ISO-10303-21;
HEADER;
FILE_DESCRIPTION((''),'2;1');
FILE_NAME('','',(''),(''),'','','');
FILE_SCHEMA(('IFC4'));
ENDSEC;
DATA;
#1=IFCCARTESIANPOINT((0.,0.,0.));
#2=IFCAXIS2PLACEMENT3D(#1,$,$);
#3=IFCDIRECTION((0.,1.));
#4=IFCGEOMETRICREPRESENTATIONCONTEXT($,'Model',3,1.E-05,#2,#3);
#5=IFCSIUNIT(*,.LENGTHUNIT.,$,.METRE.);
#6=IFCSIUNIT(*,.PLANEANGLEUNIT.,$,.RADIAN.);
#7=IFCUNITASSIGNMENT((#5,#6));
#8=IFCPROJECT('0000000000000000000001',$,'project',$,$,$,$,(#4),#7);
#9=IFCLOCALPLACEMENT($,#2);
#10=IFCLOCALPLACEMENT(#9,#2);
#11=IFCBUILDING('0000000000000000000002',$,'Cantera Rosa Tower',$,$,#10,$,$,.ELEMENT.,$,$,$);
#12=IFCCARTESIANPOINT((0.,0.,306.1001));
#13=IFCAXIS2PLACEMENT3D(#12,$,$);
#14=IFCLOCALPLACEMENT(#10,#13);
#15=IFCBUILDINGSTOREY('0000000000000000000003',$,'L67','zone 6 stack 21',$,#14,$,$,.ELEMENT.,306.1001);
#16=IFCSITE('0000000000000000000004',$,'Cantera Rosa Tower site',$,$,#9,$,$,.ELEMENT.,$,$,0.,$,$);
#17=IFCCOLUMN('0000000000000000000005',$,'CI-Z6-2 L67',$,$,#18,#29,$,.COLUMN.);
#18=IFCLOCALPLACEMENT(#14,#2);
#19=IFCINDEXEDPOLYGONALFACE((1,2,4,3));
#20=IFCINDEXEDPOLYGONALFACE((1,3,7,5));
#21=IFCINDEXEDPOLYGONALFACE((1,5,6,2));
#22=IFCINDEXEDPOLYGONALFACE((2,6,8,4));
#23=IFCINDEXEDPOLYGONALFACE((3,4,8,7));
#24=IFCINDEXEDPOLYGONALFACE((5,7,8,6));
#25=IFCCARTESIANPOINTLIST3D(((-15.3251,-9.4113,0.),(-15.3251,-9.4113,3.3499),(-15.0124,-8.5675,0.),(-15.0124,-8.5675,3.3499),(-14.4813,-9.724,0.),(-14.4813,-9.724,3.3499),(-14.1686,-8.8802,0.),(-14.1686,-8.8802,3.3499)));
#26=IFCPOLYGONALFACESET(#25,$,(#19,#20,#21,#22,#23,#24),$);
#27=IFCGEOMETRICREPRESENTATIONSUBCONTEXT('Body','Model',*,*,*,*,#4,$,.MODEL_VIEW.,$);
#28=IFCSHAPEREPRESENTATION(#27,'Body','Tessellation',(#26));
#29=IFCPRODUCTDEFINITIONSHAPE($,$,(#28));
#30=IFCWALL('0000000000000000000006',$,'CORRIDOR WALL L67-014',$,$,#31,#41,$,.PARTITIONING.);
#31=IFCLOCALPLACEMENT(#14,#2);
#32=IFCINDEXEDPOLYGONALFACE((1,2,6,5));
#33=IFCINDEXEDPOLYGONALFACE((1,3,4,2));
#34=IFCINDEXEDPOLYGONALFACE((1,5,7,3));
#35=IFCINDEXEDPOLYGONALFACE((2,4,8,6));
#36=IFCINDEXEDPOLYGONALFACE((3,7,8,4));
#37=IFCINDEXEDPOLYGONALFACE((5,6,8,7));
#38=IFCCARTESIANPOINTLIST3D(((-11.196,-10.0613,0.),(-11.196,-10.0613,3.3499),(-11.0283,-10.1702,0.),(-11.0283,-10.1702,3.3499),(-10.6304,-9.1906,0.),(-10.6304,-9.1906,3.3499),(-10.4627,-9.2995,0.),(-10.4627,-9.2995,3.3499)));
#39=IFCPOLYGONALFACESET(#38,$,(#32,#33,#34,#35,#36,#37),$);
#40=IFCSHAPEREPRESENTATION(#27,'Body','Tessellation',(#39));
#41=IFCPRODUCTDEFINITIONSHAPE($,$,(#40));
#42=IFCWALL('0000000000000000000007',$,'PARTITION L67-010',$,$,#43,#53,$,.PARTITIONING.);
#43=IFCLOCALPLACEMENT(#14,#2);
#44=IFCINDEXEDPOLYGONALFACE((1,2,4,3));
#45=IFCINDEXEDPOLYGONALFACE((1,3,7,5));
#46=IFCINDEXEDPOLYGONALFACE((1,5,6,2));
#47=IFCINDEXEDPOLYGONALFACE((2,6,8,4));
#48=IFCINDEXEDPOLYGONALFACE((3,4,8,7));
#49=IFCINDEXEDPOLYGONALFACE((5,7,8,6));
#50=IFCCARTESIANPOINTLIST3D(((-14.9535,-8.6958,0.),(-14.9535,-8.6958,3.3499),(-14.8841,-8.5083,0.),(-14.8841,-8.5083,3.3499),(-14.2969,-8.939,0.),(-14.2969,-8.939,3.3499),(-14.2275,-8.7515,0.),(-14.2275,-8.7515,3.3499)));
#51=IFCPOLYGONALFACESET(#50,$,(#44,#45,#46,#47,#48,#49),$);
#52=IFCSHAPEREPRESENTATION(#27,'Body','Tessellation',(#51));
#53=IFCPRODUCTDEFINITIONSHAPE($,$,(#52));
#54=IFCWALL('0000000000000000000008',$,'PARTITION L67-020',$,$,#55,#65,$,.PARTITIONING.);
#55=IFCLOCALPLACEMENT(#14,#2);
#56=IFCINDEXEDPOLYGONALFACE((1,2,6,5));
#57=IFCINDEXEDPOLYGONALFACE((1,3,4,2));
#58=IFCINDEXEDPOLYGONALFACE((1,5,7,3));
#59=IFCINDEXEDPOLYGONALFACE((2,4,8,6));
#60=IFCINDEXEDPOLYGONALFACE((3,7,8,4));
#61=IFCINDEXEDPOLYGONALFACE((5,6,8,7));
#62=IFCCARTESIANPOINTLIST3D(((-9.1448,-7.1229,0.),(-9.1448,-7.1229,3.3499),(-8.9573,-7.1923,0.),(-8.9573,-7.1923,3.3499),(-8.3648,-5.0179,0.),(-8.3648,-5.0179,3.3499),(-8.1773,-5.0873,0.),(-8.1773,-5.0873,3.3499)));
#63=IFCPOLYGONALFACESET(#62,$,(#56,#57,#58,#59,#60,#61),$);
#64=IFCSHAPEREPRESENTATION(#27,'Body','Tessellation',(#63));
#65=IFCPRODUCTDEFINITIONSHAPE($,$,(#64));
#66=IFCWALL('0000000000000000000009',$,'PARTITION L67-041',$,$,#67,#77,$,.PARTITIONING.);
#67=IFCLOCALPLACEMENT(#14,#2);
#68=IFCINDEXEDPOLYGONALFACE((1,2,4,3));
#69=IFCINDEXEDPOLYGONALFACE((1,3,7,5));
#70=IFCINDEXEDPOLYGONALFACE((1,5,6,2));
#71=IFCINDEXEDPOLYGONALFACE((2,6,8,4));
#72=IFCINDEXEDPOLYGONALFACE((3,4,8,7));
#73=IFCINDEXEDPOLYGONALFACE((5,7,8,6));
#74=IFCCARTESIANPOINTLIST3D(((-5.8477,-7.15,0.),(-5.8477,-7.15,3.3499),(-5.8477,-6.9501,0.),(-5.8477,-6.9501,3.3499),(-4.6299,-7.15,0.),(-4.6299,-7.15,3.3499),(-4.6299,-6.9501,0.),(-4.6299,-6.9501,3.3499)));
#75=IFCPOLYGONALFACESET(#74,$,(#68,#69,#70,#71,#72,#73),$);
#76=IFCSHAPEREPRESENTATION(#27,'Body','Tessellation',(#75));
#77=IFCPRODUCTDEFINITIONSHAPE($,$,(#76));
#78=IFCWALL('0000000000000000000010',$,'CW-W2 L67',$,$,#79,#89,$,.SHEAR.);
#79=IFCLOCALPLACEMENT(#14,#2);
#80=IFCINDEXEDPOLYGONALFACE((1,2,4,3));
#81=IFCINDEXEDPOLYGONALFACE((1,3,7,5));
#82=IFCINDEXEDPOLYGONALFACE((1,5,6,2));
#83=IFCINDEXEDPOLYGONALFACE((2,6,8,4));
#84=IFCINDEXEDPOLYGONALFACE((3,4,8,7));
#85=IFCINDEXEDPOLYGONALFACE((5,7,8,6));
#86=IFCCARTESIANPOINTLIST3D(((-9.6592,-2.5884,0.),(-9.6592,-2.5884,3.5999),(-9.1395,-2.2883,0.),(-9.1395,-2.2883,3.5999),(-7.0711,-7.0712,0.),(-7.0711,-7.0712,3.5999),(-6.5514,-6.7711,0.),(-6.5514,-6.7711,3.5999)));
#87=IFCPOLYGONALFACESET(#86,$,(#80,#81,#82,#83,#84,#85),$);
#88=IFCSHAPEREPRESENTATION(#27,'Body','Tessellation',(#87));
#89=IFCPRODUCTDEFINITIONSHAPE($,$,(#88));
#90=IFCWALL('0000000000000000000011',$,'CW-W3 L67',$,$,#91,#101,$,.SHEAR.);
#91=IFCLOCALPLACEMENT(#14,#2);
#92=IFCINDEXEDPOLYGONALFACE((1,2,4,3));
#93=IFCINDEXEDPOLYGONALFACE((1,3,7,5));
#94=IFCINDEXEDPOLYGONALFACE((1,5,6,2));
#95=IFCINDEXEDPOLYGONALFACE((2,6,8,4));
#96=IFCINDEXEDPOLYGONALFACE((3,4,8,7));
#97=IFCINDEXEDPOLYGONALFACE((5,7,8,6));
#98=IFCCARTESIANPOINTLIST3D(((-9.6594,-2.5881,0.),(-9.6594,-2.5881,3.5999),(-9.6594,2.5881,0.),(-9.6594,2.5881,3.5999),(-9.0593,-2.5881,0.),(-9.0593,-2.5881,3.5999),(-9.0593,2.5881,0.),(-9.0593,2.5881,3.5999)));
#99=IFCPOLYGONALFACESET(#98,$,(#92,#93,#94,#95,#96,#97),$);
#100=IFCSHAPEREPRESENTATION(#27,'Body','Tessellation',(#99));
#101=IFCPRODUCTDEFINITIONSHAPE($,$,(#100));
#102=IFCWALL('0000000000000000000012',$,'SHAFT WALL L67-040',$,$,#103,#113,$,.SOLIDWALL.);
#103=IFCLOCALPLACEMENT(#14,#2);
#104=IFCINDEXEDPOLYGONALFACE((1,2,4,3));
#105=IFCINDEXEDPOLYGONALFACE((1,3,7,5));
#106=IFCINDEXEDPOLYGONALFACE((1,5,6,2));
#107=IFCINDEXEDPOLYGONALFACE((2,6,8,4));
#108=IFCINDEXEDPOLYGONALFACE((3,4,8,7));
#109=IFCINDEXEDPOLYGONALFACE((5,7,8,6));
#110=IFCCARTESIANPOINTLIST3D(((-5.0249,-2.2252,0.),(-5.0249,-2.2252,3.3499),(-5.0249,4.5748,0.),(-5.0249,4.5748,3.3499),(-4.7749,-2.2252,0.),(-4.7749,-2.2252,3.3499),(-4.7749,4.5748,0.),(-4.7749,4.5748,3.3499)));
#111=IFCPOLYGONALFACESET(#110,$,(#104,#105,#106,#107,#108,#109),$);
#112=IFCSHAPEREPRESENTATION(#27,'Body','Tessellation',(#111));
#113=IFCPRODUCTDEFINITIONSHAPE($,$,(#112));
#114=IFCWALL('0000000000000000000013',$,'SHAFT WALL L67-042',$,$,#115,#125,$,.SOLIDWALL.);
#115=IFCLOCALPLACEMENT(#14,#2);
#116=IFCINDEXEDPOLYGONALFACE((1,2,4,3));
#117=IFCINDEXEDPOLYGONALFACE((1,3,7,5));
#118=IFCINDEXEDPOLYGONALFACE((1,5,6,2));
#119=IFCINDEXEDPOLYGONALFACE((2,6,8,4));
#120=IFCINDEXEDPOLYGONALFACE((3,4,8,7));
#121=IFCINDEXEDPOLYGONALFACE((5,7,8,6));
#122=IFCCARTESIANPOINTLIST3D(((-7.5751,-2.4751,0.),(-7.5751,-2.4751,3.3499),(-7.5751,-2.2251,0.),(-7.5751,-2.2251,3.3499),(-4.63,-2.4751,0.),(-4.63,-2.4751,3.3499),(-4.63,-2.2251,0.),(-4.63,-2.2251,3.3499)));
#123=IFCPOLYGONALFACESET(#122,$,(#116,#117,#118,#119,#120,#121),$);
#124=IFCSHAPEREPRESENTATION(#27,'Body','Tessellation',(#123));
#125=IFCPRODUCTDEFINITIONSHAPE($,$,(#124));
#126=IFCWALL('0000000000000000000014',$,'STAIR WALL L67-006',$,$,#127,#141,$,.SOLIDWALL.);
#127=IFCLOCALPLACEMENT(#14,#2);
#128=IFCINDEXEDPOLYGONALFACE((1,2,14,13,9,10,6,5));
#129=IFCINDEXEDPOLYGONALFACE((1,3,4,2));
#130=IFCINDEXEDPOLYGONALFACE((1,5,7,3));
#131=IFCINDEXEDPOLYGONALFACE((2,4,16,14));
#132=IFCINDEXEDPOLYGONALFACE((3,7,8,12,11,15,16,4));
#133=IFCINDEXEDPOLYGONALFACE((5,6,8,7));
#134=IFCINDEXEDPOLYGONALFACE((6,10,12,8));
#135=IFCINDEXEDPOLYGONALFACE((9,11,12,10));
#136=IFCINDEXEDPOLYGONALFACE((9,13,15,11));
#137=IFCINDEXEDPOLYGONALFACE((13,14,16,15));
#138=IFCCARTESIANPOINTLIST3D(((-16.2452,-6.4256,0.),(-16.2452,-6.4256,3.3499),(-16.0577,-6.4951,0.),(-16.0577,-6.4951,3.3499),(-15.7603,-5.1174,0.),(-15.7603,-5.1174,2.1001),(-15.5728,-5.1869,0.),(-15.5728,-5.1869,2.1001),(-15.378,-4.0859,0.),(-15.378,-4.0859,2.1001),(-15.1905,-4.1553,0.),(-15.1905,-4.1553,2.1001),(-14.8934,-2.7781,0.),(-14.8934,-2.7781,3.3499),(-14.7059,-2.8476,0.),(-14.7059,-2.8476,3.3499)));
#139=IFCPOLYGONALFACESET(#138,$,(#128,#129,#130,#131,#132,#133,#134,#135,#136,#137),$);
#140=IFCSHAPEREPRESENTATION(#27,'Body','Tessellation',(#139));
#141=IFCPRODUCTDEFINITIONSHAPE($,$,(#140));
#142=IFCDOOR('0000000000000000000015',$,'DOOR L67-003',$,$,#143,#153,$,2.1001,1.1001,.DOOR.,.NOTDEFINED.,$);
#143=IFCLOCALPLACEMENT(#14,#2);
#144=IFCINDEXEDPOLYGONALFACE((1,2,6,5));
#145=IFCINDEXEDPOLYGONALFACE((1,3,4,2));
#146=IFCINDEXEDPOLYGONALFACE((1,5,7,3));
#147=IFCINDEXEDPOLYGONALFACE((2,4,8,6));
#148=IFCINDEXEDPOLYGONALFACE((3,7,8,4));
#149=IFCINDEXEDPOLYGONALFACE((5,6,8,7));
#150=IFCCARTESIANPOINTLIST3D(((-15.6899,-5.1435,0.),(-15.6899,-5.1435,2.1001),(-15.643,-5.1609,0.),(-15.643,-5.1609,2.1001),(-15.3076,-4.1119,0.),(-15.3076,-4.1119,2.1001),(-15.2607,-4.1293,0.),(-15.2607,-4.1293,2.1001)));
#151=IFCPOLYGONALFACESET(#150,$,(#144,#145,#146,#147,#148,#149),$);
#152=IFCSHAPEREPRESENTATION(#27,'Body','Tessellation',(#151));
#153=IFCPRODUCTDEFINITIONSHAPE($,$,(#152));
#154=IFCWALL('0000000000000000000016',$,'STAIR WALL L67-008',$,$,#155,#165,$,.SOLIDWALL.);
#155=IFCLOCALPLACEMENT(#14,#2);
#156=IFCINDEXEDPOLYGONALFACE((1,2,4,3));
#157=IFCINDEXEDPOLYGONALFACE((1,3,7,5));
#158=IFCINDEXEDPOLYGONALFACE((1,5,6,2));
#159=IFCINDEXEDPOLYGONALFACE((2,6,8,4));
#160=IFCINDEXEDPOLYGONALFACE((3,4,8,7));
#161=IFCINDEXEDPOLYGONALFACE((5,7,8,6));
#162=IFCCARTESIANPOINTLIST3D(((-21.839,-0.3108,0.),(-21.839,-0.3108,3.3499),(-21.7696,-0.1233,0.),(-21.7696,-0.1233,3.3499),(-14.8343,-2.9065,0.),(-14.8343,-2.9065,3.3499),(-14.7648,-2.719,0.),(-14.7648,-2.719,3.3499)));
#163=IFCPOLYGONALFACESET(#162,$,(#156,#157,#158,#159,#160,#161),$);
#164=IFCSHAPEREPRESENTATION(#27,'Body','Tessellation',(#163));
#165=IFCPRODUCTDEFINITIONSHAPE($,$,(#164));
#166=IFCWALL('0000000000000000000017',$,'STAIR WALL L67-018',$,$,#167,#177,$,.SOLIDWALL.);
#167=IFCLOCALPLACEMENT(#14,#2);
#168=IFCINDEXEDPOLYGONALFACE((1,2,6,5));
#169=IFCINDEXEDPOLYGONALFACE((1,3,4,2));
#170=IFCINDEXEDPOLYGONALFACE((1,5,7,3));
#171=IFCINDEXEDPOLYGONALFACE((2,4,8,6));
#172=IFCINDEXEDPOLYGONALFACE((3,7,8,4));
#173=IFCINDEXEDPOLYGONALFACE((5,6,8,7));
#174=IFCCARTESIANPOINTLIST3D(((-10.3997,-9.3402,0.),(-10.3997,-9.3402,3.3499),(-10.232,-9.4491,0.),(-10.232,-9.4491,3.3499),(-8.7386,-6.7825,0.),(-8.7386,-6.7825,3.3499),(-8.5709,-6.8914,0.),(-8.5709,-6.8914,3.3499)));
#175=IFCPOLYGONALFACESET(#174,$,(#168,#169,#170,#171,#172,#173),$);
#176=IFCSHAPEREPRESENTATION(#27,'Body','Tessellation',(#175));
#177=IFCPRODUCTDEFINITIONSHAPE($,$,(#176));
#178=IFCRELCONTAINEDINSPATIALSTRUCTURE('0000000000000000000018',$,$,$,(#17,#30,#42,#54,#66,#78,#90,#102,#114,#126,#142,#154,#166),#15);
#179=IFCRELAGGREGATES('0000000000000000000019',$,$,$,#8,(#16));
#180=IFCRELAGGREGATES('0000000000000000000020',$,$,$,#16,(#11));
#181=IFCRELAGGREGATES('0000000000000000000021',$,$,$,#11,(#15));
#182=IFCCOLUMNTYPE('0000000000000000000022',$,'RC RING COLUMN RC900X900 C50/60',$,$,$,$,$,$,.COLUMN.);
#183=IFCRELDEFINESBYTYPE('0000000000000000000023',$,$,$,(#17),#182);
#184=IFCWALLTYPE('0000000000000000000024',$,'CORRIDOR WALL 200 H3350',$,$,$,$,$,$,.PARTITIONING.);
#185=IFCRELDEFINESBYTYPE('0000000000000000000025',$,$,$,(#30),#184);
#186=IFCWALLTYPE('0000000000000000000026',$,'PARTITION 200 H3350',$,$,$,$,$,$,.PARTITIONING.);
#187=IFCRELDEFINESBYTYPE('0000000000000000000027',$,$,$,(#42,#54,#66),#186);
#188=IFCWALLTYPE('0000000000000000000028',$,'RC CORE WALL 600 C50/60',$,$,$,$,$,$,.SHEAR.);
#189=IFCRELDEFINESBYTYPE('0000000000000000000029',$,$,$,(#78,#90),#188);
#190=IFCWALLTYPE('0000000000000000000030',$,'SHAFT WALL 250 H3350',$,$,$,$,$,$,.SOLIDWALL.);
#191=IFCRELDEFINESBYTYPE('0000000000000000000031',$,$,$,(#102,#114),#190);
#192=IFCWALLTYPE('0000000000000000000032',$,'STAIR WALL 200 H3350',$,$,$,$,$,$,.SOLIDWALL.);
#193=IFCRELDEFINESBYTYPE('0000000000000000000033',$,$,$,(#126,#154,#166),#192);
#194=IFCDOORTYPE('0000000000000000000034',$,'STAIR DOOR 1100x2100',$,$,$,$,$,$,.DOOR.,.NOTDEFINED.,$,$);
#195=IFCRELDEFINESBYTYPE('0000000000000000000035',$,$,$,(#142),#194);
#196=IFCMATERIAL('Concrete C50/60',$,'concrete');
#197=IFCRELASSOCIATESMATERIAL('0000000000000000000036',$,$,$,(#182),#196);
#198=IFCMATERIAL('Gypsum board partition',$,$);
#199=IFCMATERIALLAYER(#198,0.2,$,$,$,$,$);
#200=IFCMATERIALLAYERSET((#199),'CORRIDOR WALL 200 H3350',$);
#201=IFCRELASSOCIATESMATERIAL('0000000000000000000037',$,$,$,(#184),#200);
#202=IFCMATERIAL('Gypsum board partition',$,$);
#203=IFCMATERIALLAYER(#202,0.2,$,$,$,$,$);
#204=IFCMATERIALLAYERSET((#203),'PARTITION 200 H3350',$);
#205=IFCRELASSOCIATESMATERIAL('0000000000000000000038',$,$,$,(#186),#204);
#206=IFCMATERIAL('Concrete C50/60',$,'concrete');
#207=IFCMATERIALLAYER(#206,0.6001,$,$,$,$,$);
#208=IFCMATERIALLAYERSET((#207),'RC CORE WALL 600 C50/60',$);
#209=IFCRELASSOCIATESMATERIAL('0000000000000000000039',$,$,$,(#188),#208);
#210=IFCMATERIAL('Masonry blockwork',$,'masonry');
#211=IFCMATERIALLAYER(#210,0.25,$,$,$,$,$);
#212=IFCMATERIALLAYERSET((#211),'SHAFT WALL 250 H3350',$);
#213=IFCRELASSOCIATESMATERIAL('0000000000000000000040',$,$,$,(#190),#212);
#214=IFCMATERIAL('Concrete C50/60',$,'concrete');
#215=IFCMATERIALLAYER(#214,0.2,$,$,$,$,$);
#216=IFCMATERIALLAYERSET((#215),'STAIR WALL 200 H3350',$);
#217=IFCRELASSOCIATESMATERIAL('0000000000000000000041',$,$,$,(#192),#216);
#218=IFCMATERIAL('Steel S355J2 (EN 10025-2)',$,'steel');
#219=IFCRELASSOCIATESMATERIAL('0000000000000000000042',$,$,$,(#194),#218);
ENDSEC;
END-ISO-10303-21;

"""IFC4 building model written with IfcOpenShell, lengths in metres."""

from ifc_helpers import new_model, si_unit, direction, frame, frame_2d, origin, origin_2d, place, context, subcontext, project, spatial, rectangle, extrude, material, layer, layer_set, material_profile, profile_set, type_object, element, fill, save


model = new_model("IFC4")

# Units and contexts
model_context = context("Model", 3, precision=1e-05, world=origin(), true_north=direction((0.0, 1.0)))
body_context = subcontext(model_context, "Body", "Model", "MODEL_VIEW")
ifc_project = project(units=[si_unit("LENGTHUNIT", "METRE"), si_unit("PLANEANGLEUNIT", "RADIAN")], contexts=[model_context])

# Site, building, storey
site_placement = place(None, origin())
site = spatial("IfcSite", under=ifc_project, at=site_placement, Name="Cantera Rosa Tower site", CompositionType="ELEMENT", RefElevation=0.0)
building_placement = place(site_placement, origin())
building = spatial("IfcBuilding", under=site, at=building_placement, Name="Cantera Rosa Tower", CompositionType="ELEMENT")
storey_placement = place(building_placement, frame((0.0, 0.0, 306.1001)))
storey = spatial("IfcBuildingStorey", under=building, at=storey_placement, Name="L67", Description="zone 6 stack 21", CompositionType="ELEMENT", Elevation=306.1001)

# Column
ifc_material_1 = material(Name="Concrete C50/60", Category="concrete")
ifc_material_profile = material_profile(ifc_material_1, rectangle(XDim=0.8999, YDim=0.8999, at=origin_2d()), Name="RC RING COLUMN RC900X900 C50/60")
ifc_profile_set = profile_set([ifc_material_profile], Name="Concrete C50/60")
column_type = type_object("IfcColumnType", Name="RC RING COLUMN RC900X900 C50/60", PredefinedType="COLUMN", material=ifc_profile_set)
column_placement = place(storey_placement, frame((-14.7468, -9.1458, 0.0), z_axis=(0.0, 0.0, 1.0), x_axis=(0.347481, 0.937687, 0.0)))
element("IfcColumn", 1, at=column_placement, inside=storey, type_object=column_type, Name="CI-Z6-2 L67", PredefinedType="COLUMN", context=body_context, shape_type="SweptSolid", body=[
    extrude(rectangle(XDim=0.8999, YDim=0.8999, at=origin_2d()), origin(), (0.0, 0.0, 1.0), 3.3499),
])

# Walls
ifc_material_2 = material(Name="Gypsum board partition")
ifc_layer_1 = layer(ifc_material_2, 0.2)
ifc_layer_set_1 = layer_set([ifc_layer_1], Name="CORRIDOR WALL 200 H3350")
wall_type_1 = type_object("IfcWallType", Name="CORRIDOR WALL 200 H3350", PredefinedType="PARTITIONING", material=ifc_layer_set_1)
wall_1_placement = place(storey_placement, frame((-10.5466, -9.2451, 0.0), z_axis=(0.0, 0.0, 1.0), x_axis=(-0.544732, -0.83861, 0.0)))
element("IfcWall", 2, at=wall_1_placement, inside=storey, type_object=wall_type_1, Name="CORRIDOR WALL L67-014", PredefinedType="PARTITIONING", context=body_context, shape_type="SweptSolid", body=[
    extrude(rectangle(XDim=1.0383, YDim=0.2, at=frame_2d((0.519, 0.0))), origin(), (0.0, 0.0, 1.0), 3.3499),
])
ifc_material_3 = material(Name="Gypsum board partition")
ifc_layer_2 = layer(ifc_material_3, 0.2)
ifc_layer_set_2 = layer_set([ifc_layer_2], Name="PARTITION 200 H3350")
wall_type_2 = type_object("IfcWallType", Name="PARTITION 200 H3350", PredefinedType="PARTITIONING", material=ifc_layer_set_2)
wall_2_placement = place(storey_placement, frame((-14.2622, -8.8452, 0.0), z_axis=(0.0, 0.0, 1.0), x_axis=(-0.93774, 0.347337, 0.0)))
element("IfcWall", 3, at=wall_2_placement, inside=storey, type_object=wall_type_2, Name="PARTITION L67-010", PredefinedType="PARTITIONING", context=body_context, shape_type="SweptSolid", body=[
    extrude(rectangle(XDim=0.7002, YDim=0.2, at=frame_2d((0.3501, 0.0))), origin(), (0.0, 0.0, 1.0), 3.3499),
])
wall_3_placement = place(storey_placement, frame((-8.271, -5.0525, 0.0), z_axis=(0.0, 0.0, 1.0), x_axis=(-0.347474, -0.93769, 0.0)))
element("IfcWall", 4, at=wall_3_placement, inside=storey, type_object=wall_type_2, Name="PARTITION L67-020", PredefinedType="PARTITIONING", context=body_context, shape_type="SweptSolid", body=[
    extrude(rectangle(XDim=2.2449, YDim=0.2, at=frame_2d((1.1226, 0.0))), origin(), (0.0, 0.0, 1.0), 3.3499),
])
wall_4_placement = place(storey_placement, frame((-4.6299, -7.05, 0.0), z_axis=(0.0, 0.0, 1.0), x_axis=(-1.0, 0.0, 0.0)))
element("IfcWall", 5, at=wall_4_placement, inside=storey, type_object=wall_type_2, Name="PARTITION L67-041", PredefinedType="PARTITIONING", context=body_context, shape_type="SweptSolid", body=[
    extrude(rectangle(XDim=1.2178, YDim=0.2, at=frame_2d((0.6089, 0.0))), origin(), (0.0, 0.0, 1.0), 3.3499),
])
ifc_material_4 = material(Name="Concrete C50/60", Category="concrete")
ifc_layer_3 = layer(ifc_material_4, 0.6001)
ifc_layer_set_3 = layer_set([ifc_layer_3], Name="RC CORE WALL 600 C50/60")
wall_type_3 = type_object("IfcWallType", Name="RC CORE WALL 600 C50/60", PredefinedType="SHEAR", material=ifc_layer_set_3)
for number, where, z_axis, x_axis, name in (
    (6, (-6.8113, -6.9211, 0.0), (0.0, 0.0, 1.0), (-0.499989, 0.866032, 0.0), "CW-W2 L67"),
    (7, (-9.3594, -2.5881, 0.0), (0.0, 0.0, 1.0), (0.0, 1.0, 0.0), "CW-W3 L67"),
):
    element("IfcWall", number, at=place(storey_placement, frame(where, z_axis=z_axis, x_axis=x_axis)), inside=storey, type_object=wall_type_3, Name=name, PredefinedType="SHEAR", context=body_context, shape_type="SweptSolid", body=[
        extrude(rectangle(XDim=5.1763, YDim=0.6001, at=frame_2d((2.5881, 0.0))), origin(), (0.0, 0.0, 1.0), 3.5999),
    ])
ifc_material_5 = material(Name="Masonry blockwork", Category="masonry")
ifc_layer_4 = layer(ifc_material_5, 0.25)
ifc_layer_set_4 = layer_set([ifc_layer_4], Name="SHAFT WALL 250 H3350")
wall_type_4 = type_object("IfcWallType", Name="SHAFT WALL 250 H3350", PredefinedType="SOLIDWALL", material=ifc_layer_set_4)
wall_5_placement = place(storey_placement, frame((-4.8999, -2.2251, 0.0), z_axis=(0.0, 0.0, 1.0), x_axis=(0.0, 1.0, 0.0)))
element("IfcWall", 8, at=wall_5_placement, inside=storey, type_object=wall_type_4, Name="SHAFT WALL L67-040", PredefinedType="SOLIDWALL", context=body_context, shape_type="SweptSolid", body=[
    extrude(rectangle(XDim=6.8, YDim=0.25, at=frame_2d((3.3999, 0.0))), origin(), (0.0, 0.0, 1.0), 3.3499),
])
wall_6_placement = place(storey_placement, frame((-4.6299, -2.3501, 0.0), z_axis=(0.0, 0.0, 1.0), x_axis=(-1.0, 0.0, 0.0)))
element("IfcWall", 9, at=wall_6_placement, inside=storey, type_object=wall_type_4, Name="SHAFT WALL L67-042", PredefinedType="SOLIDWALL", context=body_context, shape_type="SweptSolid", body=[
    extrude(rectangle(XDim=2.9451, YDim=0.25, at=frame_2d((1.4727, 0.0))), origin(), (0.0, 0.0, 1.0), 3.3499),
])

# Wall, opening, door
ifc_material_6 = material(Name="Concrete C50/60", Category="concrete")
ifc_layer_5 = layer(ifc_material_6, 0.2)
ifc_layer_set_5 = layer_set([ifc_layer_5], Name="STAIR WALL 200 H3350")
wall_type_5 = type_object("IfcWallType", Name="STAIR WALL 200 H3350", PredefinedType="SOLIDWALL", material=ifc_layer_set_5)
wall_7_placement = place(storey_placement, frame((-16.1514, -6.4602, 0.0), z_axis=(0.0, 0.0, 1.0), x_axis=(0.347517, 0.937674, 0.0)))
wall_7 = element("IfcWall", 10, at=wall_7_placement, inside=storey, type_object=wall_type_5, Name="STAIR WALL L67-006", PredefinedType="SOLIDWALL", context=body_context, shape_type="SweptSolid", body=[
    extrude(rectangle(XDim=3.8899, YDim=0.2, at=frame_2d((1.9448, 0.0))), origin(), (0.0, 0.0, 1.0), 3.3499),
])
opening_placement = place(wall_7_placement, frame((1.395, 0.0, 0.0)))
opening = element("IfcOpeningElement", 11, at=opening_placement, cuts=wall_7, PredefinedType="OPENING", context=body_context, shape_type="SweptSolid", body=[
    extrude(rectangle(XDim=1.1001, YDim=2.1001, at=frame_2d((0.55, 1.05))), frame((0.0, 0.1099, 0.0), z_axis=(0.0, -1.0, 0.0), x_axis=(1.0, 0.0, 0.0)), (0.0, 0.0, 1.0), 0.22),
])
ifc_material_7 = material(Name="Steel S355J2 (EN 10025-2)", Category="steel")
door_type = type_object("IfcDoorType", Name="STAIR DOOR 1100x2100", OperationType="NOTDEFINED", PredefinedType="DOOR", material=ifc_material_7)
door_placement = place(opening_placement, origin())
door = element("IfcDoor", 12, at=door_placement, inside=storey, type_object=door_type, Name="DOOR L67-003", OperationType="NOTDEFINED", OverallHeight=2.1001, OverallWidth=1.1001, PredefinedType="DOOR", context=body_context, shape_type="SweptSolid", body=[
    extrude(rectangle(XDim=1.1001, YDim=2.1001, at=frame_2d((0.55, 1.05))), frame((0.0, 0.0249, 0.0), z_axis=(0.0, -1.0, 0.0), x_axis=(1.0, 0.0, 0.0)), (0.0, 0.0, 1.0), 0.05),
])
fill(opening, door)

# Walls
wall_8_placement = place(storey_placement, frame((-14.7996, -2.8127, 0.0), z_axis=(0.0, 0.0, 1.0), x_axis=(-0.937688, 0.347478, 0.0)))
element("IfcWall", 13, at=wall_8_placement, inside=storey, type_object=wall_type_5, Name="STAIR WALL L67-008", PredefinedType="SOLIDWALL", context=body_context, shape_type="SweptSolid", body=[
    extrude(rectangle(XDim=7.4702, YDim=0.2, at=frame_2d((3.7351, 0.0))), origin(), (0.0, 0.0, 1.0), 3.3499),
])
wall_9_placement = place(storey_placement, frame((-8.6548, -6.8369, 0.0), z_axis=(0.0, 0.0, 1.0), x_axis=(-0.544648, -0.838665, 0.0)))
element("IfcWall", 14, at=wall_9_placement, inside=storey, type_object=wall_type_5, Name="STAIR WALL L67-018", PredefinedType="SOLIDWALL", context=body_context, shape_type="SweptSolid", body=[
    extrude(rectangle(XDim=3.0498, YDim=0.2, at=frame_2d((1.5249, 0.0))), origin(), (0.0, 0.0, 1.0), 3.3499),
])

save(model, "model.ifc")
